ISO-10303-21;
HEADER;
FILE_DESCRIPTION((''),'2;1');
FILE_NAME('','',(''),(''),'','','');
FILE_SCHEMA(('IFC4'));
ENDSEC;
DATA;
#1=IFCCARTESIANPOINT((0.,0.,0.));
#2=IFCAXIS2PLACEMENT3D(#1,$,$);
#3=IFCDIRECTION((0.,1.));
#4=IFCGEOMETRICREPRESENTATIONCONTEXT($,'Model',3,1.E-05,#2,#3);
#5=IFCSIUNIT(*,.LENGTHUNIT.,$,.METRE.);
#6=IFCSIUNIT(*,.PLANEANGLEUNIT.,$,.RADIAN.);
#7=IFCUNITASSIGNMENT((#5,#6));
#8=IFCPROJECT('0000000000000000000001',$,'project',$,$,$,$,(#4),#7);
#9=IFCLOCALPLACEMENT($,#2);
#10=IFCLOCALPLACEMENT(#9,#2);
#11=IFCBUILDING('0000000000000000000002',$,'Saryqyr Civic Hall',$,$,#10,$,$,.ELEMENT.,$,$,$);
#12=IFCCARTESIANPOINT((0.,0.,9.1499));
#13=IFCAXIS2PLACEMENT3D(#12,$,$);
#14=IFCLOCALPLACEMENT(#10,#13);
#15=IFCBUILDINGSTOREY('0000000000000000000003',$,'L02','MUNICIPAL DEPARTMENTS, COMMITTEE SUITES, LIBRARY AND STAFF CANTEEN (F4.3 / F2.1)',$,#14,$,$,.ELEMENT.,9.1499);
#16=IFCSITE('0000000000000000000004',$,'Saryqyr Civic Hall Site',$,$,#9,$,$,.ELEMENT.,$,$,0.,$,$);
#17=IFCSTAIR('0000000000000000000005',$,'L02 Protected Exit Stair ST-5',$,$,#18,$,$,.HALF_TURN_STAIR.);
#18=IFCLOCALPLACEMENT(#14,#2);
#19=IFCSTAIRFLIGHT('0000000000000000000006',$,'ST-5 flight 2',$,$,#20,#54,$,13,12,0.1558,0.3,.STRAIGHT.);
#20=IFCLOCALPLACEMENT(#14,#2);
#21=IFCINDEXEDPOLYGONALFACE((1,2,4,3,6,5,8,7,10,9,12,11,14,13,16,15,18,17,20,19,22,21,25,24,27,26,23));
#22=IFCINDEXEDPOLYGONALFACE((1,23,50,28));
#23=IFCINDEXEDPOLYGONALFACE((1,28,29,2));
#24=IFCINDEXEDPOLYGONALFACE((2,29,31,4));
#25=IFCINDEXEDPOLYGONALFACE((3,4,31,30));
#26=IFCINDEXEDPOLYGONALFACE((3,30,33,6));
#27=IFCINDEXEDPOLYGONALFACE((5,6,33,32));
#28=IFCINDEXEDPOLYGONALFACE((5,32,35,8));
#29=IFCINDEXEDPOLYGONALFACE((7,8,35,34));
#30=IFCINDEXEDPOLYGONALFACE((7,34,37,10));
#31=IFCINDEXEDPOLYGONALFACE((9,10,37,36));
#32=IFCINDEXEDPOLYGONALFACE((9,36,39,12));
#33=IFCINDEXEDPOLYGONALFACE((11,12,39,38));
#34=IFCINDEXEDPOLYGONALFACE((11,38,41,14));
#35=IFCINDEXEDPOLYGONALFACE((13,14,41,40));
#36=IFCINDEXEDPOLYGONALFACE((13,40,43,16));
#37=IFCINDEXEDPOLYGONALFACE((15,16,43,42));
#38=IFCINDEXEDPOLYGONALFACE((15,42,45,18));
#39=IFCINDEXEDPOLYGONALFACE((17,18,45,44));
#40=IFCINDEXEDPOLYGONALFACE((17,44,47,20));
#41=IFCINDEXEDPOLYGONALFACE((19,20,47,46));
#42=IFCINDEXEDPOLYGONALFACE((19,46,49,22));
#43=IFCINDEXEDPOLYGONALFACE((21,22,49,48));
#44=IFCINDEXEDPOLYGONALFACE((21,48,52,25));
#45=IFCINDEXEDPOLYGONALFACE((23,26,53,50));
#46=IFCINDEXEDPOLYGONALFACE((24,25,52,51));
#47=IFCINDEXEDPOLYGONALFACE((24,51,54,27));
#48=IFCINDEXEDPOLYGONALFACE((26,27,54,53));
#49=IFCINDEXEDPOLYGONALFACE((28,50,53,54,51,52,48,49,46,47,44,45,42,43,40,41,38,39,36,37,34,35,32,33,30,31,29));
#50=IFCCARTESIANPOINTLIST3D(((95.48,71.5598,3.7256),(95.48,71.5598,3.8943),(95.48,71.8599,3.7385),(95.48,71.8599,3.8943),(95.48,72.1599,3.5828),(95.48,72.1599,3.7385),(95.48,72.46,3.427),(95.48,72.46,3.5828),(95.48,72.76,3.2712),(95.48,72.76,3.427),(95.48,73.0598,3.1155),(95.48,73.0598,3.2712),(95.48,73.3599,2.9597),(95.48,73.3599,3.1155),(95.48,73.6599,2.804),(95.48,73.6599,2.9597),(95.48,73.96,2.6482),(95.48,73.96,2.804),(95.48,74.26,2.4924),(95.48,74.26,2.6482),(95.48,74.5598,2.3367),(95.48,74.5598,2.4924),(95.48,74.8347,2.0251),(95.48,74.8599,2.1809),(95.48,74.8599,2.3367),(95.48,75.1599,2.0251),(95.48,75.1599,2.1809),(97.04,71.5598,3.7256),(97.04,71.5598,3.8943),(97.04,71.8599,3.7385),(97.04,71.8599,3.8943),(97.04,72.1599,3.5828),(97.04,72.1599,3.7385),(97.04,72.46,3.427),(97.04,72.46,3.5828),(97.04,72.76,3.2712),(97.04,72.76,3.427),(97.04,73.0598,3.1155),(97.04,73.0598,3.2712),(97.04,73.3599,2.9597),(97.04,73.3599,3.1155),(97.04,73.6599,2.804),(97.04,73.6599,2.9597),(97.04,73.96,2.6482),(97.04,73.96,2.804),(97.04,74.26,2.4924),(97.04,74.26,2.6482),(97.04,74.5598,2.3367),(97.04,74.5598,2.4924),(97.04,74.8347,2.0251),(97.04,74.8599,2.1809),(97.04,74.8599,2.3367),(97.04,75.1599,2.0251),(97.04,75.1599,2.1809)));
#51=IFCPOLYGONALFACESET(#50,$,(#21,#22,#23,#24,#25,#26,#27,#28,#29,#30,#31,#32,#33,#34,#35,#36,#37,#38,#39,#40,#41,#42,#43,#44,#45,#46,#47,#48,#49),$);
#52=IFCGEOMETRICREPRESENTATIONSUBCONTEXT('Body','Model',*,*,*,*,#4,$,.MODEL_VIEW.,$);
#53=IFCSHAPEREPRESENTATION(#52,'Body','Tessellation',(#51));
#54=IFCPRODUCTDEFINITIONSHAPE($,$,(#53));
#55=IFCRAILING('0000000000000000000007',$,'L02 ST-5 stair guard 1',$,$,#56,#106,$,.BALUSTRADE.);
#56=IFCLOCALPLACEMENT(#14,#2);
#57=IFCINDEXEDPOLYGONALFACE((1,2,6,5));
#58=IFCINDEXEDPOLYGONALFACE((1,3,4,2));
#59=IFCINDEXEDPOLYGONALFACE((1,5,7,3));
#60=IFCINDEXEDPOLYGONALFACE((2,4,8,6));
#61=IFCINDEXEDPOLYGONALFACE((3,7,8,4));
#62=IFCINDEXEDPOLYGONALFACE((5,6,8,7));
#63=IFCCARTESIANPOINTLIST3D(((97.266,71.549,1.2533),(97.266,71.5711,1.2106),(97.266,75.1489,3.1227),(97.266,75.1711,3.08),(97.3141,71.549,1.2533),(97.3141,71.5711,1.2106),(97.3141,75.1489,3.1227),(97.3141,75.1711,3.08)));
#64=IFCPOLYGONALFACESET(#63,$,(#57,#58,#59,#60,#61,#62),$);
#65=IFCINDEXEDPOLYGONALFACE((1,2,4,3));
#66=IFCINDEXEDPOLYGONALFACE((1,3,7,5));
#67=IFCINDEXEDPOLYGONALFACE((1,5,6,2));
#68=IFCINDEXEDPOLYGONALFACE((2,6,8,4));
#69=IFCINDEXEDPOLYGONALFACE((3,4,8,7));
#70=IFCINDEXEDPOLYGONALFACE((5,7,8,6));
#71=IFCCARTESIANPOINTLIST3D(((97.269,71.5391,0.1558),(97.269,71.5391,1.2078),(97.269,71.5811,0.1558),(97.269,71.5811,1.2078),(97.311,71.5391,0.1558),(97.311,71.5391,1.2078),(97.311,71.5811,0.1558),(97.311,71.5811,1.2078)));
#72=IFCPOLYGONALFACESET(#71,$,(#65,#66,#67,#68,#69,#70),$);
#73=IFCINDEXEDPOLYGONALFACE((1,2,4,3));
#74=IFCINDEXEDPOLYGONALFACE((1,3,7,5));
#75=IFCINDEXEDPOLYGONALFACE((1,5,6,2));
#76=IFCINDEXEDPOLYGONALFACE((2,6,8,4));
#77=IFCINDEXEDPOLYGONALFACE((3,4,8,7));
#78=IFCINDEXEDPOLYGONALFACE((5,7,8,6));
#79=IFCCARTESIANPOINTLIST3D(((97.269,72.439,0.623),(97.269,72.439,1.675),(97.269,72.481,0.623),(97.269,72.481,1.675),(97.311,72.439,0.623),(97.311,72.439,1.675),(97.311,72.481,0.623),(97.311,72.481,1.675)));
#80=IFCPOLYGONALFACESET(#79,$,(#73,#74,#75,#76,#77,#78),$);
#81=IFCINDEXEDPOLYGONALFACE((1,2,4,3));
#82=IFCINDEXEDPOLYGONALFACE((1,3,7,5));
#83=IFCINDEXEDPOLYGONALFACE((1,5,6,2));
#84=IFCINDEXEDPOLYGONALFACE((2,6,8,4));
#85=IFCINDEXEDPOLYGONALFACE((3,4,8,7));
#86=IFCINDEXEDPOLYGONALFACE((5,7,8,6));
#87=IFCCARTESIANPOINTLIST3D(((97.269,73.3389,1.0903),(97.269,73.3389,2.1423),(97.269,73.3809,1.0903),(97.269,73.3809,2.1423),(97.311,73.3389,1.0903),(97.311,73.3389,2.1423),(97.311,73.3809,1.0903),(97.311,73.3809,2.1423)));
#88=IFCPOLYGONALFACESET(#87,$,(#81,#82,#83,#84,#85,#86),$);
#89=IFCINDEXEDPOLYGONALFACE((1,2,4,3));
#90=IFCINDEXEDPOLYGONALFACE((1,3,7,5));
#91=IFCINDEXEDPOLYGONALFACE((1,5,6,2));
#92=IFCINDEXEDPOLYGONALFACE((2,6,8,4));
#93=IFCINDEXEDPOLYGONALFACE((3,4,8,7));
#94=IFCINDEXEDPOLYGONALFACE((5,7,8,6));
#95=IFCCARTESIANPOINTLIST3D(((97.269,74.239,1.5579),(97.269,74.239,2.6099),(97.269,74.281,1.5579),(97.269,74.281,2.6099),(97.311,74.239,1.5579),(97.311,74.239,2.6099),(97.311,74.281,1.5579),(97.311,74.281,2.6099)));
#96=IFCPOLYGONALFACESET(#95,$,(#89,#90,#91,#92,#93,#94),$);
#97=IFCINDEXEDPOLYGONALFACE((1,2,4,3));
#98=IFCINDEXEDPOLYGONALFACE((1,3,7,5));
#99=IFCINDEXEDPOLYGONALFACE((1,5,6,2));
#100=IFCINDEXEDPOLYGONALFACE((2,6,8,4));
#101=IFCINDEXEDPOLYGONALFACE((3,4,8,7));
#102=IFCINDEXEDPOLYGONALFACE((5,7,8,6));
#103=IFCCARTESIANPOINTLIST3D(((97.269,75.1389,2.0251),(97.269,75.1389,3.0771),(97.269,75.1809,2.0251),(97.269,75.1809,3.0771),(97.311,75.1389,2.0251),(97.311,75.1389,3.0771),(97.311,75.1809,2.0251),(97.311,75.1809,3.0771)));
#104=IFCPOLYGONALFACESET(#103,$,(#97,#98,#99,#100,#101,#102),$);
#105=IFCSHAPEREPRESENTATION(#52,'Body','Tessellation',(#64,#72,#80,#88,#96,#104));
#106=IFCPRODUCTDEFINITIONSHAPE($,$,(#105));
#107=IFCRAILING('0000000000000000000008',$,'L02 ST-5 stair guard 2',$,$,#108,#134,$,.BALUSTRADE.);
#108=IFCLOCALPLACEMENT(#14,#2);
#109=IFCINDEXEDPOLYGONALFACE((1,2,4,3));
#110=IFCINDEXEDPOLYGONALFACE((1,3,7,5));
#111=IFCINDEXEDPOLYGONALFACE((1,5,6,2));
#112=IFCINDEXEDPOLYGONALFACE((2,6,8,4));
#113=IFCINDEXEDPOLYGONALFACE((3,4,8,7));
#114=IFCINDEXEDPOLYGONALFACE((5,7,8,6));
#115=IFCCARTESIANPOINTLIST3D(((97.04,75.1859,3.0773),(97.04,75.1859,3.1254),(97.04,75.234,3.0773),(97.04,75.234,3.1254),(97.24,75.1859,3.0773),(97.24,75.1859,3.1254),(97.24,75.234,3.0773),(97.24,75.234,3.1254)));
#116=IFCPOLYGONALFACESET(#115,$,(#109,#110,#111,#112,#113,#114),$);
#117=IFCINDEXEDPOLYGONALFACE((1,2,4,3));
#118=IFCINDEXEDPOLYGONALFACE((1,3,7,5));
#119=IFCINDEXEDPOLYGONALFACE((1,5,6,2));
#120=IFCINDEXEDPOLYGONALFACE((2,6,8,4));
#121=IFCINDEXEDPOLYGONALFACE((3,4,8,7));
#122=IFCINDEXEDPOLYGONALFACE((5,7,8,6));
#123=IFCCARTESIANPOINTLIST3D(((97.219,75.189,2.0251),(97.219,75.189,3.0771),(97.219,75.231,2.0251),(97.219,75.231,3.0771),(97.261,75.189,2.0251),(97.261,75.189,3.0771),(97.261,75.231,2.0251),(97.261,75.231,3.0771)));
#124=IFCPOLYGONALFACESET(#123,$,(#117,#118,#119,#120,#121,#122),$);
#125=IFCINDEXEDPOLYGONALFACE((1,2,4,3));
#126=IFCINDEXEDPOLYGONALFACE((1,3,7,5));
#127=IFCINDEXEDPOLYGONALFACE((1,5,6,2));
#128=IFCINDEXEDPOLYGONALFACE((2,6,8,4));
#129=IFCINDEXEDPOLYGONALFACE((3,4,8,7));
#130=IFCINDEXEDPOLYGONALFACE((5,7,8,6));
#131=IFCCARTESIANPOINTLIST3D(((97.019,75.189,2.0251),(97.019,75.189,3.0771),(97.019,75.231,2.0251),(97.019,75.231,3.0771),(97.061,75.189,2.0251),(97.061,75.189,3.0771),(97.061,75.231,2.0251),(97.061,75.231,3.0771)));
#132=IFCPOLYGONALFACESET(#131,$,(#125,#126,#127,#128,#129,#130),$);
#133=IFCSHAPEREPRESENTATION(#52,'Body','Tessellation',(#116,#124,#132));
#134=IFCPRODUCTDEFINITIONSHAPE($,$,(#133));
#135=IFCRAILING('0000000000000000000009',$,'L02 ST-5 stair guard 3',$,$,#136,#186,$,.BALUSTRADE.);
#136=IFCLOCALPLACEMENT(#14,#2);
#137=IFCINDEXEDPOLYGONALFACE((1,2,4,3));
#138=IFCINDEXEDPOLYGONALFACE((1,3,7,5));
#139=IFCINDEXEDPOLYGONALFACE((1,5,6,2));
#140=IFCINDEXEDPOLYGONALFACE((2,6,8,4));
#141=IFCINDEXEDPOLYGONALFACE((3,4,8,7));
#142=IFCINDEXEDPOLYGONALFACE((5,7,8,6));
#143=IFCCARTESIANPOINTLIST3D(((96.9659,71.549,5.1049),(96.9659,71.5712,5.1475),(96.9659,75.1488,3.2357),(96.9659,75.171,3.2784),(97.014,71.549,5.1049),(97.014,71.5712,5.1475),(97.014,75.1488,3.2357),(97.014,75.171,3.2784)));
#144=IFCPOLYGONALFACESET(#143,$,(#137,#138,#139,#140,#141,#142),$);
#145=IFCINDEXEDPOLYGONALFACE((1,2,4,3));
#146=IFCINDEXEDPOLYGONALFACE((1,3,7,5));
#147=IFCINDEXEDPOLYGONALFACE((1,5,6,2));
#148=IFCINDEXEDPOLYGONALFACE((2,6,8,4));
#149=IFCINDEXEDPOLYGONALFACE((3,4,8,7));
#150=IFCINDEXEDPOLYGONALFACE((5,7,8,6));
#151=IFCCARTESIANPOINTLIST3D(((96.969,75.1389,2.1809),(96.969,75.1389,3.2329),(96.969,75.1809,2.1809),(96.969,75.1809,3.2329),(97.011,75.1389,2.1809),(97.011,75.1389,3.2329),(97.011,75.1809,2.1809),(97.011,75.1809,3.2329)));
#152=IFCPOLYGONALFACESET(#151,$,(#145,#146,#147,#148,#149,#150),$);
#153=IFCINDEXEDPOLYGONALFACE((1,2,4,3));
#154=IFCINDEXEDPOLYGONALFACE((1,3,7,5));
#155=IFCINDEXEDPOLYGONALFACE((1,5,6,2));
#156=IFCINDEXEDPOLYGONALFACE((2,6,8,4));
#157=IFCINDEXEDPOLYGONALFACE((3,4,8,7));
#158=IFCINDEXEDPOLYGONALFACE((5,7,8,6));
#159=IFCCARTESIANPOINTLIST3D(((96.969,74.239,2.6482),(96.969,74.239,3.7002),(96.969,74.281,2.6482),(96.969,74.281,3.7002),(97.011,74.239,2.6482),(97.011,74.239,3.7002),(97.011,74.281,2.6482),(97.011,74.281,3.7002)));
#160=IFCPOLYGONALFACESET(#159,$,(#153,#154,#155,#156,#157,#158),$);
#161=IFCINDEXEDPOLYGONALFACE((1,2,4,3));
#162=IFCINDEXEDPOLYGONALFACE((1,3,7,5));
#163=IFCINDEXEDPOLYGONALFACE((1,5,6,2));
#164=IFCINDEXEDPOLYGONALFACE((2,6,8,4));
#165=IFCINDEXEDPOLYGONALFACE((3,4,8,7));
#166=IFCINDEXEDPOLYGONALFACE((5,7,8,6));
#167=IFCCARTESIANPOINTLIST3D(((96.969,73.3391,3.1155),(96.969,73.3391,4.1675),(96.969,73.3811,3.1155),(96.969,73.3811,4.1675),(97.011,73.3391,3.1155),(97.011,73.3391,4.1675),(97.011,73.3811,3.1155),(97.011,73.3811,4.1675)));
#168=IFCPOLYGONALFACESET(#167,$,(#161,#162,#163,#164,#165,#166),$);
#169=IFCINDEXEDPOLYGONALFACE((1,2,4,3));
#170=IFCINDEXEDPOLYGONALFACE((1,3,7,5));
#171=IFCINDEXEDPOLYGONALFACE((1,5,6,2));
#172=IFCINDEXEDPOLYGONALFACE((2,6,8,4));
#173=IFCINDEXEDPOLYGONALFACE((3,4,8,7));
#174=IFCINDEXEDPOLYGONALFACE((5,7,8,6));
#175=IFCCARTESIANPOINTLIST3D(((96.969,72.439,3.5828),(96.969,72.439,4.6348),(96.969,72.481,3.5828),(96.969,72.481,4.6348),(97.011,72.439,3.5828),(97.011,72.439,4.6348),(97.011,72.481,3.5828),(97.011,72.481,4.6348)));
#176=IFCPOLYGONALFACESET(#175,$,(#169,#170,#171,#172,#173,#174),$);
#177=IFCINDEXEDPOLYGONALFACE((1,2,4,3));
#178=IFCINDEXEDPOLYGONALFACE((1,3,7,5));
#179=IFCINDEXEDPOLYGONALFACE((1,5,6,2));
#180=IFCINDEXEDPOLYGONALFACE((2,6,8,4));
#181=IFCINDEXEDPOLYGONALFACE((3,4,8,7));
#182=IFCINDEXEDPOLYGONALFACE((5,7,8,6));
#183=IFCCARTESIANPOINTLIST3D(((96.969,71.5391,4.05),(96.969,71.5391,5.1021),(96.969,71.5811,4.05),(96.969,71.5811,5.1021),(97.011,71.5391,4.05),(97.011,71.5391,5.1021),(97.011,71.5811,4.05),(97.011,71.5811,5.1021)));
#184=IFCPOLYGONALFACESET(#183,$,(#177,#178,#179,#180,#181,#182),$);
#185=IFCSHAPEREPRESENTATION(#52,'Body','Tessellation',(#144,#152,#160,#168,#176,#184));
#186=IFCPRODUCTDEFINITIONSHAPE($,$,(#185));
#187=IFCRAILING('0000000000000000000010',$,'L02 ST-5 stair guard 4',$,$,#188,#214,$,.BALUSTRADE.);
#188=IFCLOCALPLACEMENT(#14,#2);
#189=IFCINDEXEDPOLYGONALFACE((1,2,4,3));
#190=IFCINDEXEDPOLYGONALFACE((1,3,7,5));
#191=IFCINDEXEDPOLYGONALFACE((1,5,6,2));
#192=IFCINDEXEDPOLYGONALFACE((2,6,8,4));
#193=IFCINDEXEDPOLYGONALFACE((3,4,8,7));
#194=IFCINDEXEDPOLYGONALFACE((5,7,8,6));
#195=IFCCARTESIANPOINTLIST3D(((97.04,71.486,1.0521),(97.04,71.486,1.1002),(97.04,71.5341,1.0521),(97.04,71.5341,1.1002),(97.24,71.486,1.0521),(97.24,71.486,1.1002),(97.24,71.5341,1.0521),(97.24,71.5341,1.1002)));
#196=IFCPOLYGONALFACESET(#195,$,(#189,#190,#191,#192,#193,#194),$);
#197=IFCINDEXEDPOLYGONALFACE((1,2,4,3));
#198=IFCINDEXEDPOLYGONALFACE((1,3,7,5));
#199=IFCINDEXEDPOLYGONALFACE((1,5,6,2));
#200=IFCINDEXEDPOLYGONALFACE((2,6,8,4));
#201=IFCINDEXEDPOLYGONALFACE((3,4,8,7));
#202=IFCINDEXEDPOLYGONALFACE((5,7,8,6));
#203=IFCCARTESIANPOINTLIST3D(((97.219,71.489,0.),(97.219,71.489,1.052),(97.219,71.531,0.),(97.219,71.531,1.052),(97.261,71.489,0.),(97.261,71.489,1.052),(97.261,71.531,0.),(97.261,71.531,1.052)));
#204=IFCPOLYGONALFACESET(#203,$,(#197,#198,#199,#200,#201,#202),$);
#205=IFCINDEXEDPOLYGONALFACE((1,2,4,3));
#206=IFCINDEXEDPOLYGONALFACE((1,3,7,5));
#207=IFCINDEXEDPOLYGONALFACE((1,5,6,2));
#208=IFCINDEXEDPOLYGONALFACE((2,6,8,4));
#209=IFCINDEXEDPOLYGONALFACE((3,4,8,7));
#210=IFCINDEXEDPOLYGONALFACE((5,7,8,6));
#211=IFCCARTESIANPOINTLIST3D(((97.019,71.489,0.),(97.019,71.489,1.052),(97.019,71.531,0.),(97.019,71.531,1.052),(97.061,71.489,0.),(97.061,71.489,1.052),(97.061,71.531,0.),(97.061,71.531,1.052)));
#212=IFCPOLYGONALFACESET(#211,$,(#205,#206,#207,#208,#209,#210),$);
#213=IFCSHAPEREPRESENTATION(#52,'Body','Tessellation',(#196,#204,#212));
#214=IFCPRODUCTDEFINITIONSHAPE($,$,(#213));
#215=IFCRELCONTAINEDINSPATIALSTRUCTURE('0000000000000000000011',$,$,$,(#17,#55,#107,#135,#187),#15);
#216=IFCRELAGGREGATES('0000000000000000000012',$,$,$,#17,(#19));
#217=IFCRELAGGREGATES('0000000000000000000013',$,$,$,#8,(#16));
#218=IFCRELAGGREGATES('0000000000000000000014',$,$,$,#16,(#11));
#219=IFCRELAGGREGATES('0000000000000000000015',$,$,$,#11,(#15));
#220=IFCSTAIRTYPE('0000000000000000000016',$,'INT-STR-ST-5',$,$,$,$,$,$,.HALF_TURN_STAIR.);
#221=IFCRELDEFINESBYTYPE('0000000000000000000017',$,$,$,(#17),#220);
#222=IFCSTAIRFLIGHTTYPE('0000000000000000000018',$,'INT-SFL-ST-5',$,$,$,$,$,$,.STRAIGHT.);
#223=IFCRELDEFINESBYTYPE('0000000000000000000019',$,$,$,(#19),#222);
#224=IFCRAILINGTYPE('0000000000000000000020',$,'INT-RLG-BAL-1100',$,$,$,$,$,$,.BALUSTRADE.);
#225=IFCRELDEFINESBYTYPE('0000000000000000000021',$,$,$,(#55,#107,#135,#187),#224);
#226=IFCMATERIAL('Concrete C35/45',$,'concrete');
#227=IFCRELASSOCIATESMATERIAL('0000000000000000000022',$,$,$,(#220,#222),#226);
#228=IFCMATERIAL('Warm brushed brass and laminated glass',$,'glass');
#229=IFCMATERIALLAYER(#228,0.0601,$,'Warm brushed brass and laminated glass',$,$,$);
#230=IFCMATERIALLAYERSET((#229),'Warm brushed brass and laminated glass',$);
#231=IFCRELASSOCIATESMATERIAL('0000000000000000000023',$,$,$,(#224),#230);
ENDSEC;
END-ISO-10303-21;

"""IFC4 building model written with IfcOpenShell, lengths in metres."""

from ifc_helpers import new_model, si_unit, direction, frame, origin, origin_2d, place, context, subcontext, project, spatial, polyline, rectangle, outline, extrude, material, layer, layer_set, type_object, element, aggregate, save


model = new_model("IFC4")

# Units and contexts
model_context = context("Model", 3, precision=1e-05, world=origin(), true_north=direction((0.0, 1.0)))
body_context = subcontext(model_context, "Body", "Model", "MODEL_VIEW")
ifc_project = project(units=[si_unit("LENGTHUNIT", "METRE"), si_unit("PLANEANGLEUNIT", "RADIAN")], contexts=[model_context])

# Site, building, storey
site_placement = place(None, origin())
site = spatial("IfcSite", under=ifc_project, at=site_placement, Name="Saryqyr Civic Hall Site", CompositionType="ELEMENT", RefElevation=0.0)
building_placement = place(site_placement, origin())
building = spatial("IfcBuilding", under=site, at=building_placement, Name="Saryqyr Civic Hall", CompositionType="ELEMENT")
storey_placement = place(building_placement, frame((0.0, 0.0, 9.1499)))
storey = spatial("IfcBuildingStorey", under=building, at=storey_placement, Name="L02", Description="MUNICIPAL DEPARTMENTS, COMMITTEE SUITES, LIBRARY AND STAFF CANTEEN (F4.3 / F2.1)", CompositionType="ELEMENT", Elevation=9.1499)

# Shared definitions
ifc_material_1 = material(Name="Concrete C35/45", Category="concrete")

# Stair, stair flight
stair_type = type_object("IfcStairType", Name="INT-STR-ST-5", PredefinedType="HALF_TURN_STAIR", material=ifc_material_1)
stair_placement = place(storey_placement, origin())
stair = element("IfcStair", 1, at=stair_placement, inside=storey, type_object=stair_type, Name="L02 Protected Exit Stair ST-5", PredefinedType="HALF_TURN_STAIR")
stair_flight_type = type_object("IfcStairFlightType", Name="INT-SFL-ST-5", PredefinedType="STRAIGHT", material=ifc_material_1)
stair_flight_1_placement = place(storey_placement, frame((96.26, 75.1599, 2.0251), z_axis=(0.0, 0.0, 1.0), x_axis=(0.0, -1.0, 0.0)))
stair_flight_1 = element("IfcStairFlight", 2, at=stair_flight_1_placement, type_object=stair_flight_type, Name="ST-5 flight 2", NumberOfRisers=13, NumberOfTreads=12, PredefinedType="STRAIGHT", RiserHeight=0.1558, TreadLength=0.3, context=body_context, shape_type="SweptSolid", body=[
    extrude(outline(polyline([(0.0, 0.0), (0.0, 0.1558), (0.3, 0.1558), (0.3, 0.3115), (0.6001, 0.3115), (0.6001, 0.4673), (0.8999, 0.4673), (0.8999, 0.623), (1.2, 0.623), (1.2, 0.7788), (1.5, 0.7788), (1.5, 0.9346), (1.8, 0.9346), (1.8, 1.0903), (2.1001, 1.0903), (2.1001, 1.2461), (2.3999, 1.2461), (2.3999, 1.4019), (2.7, 1.4019), (2.7, 1.5576), (3.0, 1.5576), (3.0, 1.7134), (3.3, 1.7134), (3.3, 1.8691), (3.6001, 1.8691), (3.6001, 2.0249), (3.6001, 1.7004), (0.3252, 0.0), (0.0, 0.0)])), frame((0.0, 0.78, 0.0), z_axis=(0.0, -1.0, 0.0), x_axis=(1.0, 0.0, 0.0)), (0.0, 0.0, 1.0), 1.5601),
])
aggregate(stair, [stair_flight_1])

# Railings
ifc_material_2 = material(Name="Warm brushed brass and laminated glass", Category="glass")
ifc_layer_1 = layer(ifc_material_2, 0.0601, Name="Warm brushed brass and laminated glass")
ifc_layer_set_1 = layer_set([ifc_layer_1], Name="Warm brushed brass and laminated glass")
railing_type_1 = type_object("IfcRailingType", Name="INT-RLG-BAL-1100", PredefinedType="BALUSTRADE", material=ifc_layer_set_1)
railing_1_placement = place(storey_placement, frame((97.29, 71.5601, 0.1558)))
element("IfcRailing", 3, at=railing_1_placement, inside=storey, type_object=railing_type_1, Name="L02 ST-5 stair guard 1", PredefinedType="BALUSTRADE", context=body_context, shape_type="SweptSolid", body=[
    extrude(rectangle(XDim=0.0481, YDim=0.0481, at=origin_2d()), frame((0.0, 0.0, 1.0762), z_axis=(0.0, 0.887473, 0.46086), x_axis=(-1.0, 0.0, 0.0)), (0.0, 0.0, 1.0), 4.0564),
    extrude(rectangle(XDim=0.042, YDim=0.042, at=origin_2d()), origin(), (0.0, 0.0, 1.0), 1.052),
    extrude(rectangle(XDim=0.042, YDim=0.042, at=origin_2d()), frame((0.0, 0.8999, 0.4673)), (0.0, 0.0, 1.0), 1.052),
    extrude(rectangle(XDim=0.042, YDim=0.042, at=origin_2d()), frame((0.0, 1.7998, 0.9346)), (0.0, 0.0, 1.0), 1.052),
    extrude(rectangle(XDim=0.042, YDim=0.042, at=origin_2d()), frame((0.0, 2.7, 1.4021)), (0.0, 0.0, 1.0), 1.052),
    extrude(rectangle(XDim=0.042, YDim=0.042, at=origin_2d()), frame((0.0, 3.5999, 1.8694)), (0.0, 0.0, 1.0), 1.052),
])
railing_2_placement = place(storey_placement, frame((97.24, 75.21, 2.0251)))
element("IfcRailing", 4, at=railing_2_placement, inside=storey, type_object=railing_type_1, Name="L02 ST-5 stair guard 2", PredefinedType="BALUSTRADE", context=body_context, shape_type="SweptSolid", body=[
    extrude(rectangle(XDim=0.0481, YDim=0.0481, at=origin_2d()), frame((0.0, 0.0, 1.0762), z_axis=(-1.0, 0.0, 0.0), x_axis=(0.0, -1.0, 0.0)), (0.0, 0.0, 1.0), 0.2),
    extrude(rectangle(XDim=0.042, YDim=0.042, at=origin_2d()), origin(), (0.0, 0.0, 1.0), 1.052),
    extrude(rectangle(XDim=0.042, YDim=0.042, at=origin_2d()), frame((-0.2, 0.0, 0.0)), (0.0, 0.0, 1.0), 1.052),
])
railing_3_placement = place(storey_placement, frame((96.99, 75.1599, 2.1809)))
element("IfcRailing", 5, at=railing_3_placement, inside=storey, type_object=railing_type_1, Name="L02 ST-5 stair guard 3", PredefinedType="BALUSTRADE", context=body_context, shape_type="SweptSolid", body=[
    extrude(rectangle(XDim=0.0481, YDim=0.0481, at=origin_2d()), frame((0.0, 0.0, 1.0762), z_axis=(0.0, -0.887497, 0.460813), x_axis=(1.0, 0.0, 0.0)), (0.0, 0.0, 1.0), 4.0562),
    extrude(rectangle(XDim=0.042, YDim=0.042, at=origin_2d()), origin(), (0.0, 0.0, 1.0), 1.052),
    extrude(rectangle(XDim=0.042, YDim=0.042, at=origin_2d()), frame((0.0, -0.8999, 0.4673)), (0.0, 0.0, 1.0), 1.052),
    extrude(rectangle(XDim=0.042, YDim=0.042, at=origin_2d()), frame((0.0, -1.7998, 0.9346)), (0.0, 0.0, 1.0), 1.052),
    extrude(rectangle(XDim=0.042, YDim=0.042, at=origin_2d()), frame((0.0, -2.7, 1.4019)), (0.0, 0.0, 1.0), 1.052),
    extrude(rectangle(XDim=0.042, YDim=0.042, at=origin_2d()), frame((0.0, -3.5999, 1.8691)), (0.0, 0.0, 1.0), 1.052),
])
railing_4_placement = place(storey_placement, frame((97.24, 71.51, 0.0)))
element("IfcRailing", 6, at=railing_4_placement, inside=storey, type_object=railing_type_1, Name="L02 ST-5 stair guard 4", PredefinedType="BALUSTRADE", context=body_context, shape_type="SweptSolid", body=[
    extrude(rectangle(XDim=0.0481, YDim=0.0481, at=origin_2d()), frame((0.0, 0.0, 1.0762), z_axis=(-1.0, 0.0, 0.0), x_axis=(0.0, -1.0, 0.0)), (0.0, 0.0, 1.0), 0.2),
    extrude(rectangle(XDim=0.042, YDim=0.042, at=origin_2d()), origin(), (0.0, 0.0, 1.0), 1.052),
    extrude(rectangle(XDim=0.042, YDim=0.042, at=origin_2d()), frame((-0.2, 0.0, 0.0)), (0.0, 0.0, 1.0), 1.052),
])

save(model, "model.ifc")
